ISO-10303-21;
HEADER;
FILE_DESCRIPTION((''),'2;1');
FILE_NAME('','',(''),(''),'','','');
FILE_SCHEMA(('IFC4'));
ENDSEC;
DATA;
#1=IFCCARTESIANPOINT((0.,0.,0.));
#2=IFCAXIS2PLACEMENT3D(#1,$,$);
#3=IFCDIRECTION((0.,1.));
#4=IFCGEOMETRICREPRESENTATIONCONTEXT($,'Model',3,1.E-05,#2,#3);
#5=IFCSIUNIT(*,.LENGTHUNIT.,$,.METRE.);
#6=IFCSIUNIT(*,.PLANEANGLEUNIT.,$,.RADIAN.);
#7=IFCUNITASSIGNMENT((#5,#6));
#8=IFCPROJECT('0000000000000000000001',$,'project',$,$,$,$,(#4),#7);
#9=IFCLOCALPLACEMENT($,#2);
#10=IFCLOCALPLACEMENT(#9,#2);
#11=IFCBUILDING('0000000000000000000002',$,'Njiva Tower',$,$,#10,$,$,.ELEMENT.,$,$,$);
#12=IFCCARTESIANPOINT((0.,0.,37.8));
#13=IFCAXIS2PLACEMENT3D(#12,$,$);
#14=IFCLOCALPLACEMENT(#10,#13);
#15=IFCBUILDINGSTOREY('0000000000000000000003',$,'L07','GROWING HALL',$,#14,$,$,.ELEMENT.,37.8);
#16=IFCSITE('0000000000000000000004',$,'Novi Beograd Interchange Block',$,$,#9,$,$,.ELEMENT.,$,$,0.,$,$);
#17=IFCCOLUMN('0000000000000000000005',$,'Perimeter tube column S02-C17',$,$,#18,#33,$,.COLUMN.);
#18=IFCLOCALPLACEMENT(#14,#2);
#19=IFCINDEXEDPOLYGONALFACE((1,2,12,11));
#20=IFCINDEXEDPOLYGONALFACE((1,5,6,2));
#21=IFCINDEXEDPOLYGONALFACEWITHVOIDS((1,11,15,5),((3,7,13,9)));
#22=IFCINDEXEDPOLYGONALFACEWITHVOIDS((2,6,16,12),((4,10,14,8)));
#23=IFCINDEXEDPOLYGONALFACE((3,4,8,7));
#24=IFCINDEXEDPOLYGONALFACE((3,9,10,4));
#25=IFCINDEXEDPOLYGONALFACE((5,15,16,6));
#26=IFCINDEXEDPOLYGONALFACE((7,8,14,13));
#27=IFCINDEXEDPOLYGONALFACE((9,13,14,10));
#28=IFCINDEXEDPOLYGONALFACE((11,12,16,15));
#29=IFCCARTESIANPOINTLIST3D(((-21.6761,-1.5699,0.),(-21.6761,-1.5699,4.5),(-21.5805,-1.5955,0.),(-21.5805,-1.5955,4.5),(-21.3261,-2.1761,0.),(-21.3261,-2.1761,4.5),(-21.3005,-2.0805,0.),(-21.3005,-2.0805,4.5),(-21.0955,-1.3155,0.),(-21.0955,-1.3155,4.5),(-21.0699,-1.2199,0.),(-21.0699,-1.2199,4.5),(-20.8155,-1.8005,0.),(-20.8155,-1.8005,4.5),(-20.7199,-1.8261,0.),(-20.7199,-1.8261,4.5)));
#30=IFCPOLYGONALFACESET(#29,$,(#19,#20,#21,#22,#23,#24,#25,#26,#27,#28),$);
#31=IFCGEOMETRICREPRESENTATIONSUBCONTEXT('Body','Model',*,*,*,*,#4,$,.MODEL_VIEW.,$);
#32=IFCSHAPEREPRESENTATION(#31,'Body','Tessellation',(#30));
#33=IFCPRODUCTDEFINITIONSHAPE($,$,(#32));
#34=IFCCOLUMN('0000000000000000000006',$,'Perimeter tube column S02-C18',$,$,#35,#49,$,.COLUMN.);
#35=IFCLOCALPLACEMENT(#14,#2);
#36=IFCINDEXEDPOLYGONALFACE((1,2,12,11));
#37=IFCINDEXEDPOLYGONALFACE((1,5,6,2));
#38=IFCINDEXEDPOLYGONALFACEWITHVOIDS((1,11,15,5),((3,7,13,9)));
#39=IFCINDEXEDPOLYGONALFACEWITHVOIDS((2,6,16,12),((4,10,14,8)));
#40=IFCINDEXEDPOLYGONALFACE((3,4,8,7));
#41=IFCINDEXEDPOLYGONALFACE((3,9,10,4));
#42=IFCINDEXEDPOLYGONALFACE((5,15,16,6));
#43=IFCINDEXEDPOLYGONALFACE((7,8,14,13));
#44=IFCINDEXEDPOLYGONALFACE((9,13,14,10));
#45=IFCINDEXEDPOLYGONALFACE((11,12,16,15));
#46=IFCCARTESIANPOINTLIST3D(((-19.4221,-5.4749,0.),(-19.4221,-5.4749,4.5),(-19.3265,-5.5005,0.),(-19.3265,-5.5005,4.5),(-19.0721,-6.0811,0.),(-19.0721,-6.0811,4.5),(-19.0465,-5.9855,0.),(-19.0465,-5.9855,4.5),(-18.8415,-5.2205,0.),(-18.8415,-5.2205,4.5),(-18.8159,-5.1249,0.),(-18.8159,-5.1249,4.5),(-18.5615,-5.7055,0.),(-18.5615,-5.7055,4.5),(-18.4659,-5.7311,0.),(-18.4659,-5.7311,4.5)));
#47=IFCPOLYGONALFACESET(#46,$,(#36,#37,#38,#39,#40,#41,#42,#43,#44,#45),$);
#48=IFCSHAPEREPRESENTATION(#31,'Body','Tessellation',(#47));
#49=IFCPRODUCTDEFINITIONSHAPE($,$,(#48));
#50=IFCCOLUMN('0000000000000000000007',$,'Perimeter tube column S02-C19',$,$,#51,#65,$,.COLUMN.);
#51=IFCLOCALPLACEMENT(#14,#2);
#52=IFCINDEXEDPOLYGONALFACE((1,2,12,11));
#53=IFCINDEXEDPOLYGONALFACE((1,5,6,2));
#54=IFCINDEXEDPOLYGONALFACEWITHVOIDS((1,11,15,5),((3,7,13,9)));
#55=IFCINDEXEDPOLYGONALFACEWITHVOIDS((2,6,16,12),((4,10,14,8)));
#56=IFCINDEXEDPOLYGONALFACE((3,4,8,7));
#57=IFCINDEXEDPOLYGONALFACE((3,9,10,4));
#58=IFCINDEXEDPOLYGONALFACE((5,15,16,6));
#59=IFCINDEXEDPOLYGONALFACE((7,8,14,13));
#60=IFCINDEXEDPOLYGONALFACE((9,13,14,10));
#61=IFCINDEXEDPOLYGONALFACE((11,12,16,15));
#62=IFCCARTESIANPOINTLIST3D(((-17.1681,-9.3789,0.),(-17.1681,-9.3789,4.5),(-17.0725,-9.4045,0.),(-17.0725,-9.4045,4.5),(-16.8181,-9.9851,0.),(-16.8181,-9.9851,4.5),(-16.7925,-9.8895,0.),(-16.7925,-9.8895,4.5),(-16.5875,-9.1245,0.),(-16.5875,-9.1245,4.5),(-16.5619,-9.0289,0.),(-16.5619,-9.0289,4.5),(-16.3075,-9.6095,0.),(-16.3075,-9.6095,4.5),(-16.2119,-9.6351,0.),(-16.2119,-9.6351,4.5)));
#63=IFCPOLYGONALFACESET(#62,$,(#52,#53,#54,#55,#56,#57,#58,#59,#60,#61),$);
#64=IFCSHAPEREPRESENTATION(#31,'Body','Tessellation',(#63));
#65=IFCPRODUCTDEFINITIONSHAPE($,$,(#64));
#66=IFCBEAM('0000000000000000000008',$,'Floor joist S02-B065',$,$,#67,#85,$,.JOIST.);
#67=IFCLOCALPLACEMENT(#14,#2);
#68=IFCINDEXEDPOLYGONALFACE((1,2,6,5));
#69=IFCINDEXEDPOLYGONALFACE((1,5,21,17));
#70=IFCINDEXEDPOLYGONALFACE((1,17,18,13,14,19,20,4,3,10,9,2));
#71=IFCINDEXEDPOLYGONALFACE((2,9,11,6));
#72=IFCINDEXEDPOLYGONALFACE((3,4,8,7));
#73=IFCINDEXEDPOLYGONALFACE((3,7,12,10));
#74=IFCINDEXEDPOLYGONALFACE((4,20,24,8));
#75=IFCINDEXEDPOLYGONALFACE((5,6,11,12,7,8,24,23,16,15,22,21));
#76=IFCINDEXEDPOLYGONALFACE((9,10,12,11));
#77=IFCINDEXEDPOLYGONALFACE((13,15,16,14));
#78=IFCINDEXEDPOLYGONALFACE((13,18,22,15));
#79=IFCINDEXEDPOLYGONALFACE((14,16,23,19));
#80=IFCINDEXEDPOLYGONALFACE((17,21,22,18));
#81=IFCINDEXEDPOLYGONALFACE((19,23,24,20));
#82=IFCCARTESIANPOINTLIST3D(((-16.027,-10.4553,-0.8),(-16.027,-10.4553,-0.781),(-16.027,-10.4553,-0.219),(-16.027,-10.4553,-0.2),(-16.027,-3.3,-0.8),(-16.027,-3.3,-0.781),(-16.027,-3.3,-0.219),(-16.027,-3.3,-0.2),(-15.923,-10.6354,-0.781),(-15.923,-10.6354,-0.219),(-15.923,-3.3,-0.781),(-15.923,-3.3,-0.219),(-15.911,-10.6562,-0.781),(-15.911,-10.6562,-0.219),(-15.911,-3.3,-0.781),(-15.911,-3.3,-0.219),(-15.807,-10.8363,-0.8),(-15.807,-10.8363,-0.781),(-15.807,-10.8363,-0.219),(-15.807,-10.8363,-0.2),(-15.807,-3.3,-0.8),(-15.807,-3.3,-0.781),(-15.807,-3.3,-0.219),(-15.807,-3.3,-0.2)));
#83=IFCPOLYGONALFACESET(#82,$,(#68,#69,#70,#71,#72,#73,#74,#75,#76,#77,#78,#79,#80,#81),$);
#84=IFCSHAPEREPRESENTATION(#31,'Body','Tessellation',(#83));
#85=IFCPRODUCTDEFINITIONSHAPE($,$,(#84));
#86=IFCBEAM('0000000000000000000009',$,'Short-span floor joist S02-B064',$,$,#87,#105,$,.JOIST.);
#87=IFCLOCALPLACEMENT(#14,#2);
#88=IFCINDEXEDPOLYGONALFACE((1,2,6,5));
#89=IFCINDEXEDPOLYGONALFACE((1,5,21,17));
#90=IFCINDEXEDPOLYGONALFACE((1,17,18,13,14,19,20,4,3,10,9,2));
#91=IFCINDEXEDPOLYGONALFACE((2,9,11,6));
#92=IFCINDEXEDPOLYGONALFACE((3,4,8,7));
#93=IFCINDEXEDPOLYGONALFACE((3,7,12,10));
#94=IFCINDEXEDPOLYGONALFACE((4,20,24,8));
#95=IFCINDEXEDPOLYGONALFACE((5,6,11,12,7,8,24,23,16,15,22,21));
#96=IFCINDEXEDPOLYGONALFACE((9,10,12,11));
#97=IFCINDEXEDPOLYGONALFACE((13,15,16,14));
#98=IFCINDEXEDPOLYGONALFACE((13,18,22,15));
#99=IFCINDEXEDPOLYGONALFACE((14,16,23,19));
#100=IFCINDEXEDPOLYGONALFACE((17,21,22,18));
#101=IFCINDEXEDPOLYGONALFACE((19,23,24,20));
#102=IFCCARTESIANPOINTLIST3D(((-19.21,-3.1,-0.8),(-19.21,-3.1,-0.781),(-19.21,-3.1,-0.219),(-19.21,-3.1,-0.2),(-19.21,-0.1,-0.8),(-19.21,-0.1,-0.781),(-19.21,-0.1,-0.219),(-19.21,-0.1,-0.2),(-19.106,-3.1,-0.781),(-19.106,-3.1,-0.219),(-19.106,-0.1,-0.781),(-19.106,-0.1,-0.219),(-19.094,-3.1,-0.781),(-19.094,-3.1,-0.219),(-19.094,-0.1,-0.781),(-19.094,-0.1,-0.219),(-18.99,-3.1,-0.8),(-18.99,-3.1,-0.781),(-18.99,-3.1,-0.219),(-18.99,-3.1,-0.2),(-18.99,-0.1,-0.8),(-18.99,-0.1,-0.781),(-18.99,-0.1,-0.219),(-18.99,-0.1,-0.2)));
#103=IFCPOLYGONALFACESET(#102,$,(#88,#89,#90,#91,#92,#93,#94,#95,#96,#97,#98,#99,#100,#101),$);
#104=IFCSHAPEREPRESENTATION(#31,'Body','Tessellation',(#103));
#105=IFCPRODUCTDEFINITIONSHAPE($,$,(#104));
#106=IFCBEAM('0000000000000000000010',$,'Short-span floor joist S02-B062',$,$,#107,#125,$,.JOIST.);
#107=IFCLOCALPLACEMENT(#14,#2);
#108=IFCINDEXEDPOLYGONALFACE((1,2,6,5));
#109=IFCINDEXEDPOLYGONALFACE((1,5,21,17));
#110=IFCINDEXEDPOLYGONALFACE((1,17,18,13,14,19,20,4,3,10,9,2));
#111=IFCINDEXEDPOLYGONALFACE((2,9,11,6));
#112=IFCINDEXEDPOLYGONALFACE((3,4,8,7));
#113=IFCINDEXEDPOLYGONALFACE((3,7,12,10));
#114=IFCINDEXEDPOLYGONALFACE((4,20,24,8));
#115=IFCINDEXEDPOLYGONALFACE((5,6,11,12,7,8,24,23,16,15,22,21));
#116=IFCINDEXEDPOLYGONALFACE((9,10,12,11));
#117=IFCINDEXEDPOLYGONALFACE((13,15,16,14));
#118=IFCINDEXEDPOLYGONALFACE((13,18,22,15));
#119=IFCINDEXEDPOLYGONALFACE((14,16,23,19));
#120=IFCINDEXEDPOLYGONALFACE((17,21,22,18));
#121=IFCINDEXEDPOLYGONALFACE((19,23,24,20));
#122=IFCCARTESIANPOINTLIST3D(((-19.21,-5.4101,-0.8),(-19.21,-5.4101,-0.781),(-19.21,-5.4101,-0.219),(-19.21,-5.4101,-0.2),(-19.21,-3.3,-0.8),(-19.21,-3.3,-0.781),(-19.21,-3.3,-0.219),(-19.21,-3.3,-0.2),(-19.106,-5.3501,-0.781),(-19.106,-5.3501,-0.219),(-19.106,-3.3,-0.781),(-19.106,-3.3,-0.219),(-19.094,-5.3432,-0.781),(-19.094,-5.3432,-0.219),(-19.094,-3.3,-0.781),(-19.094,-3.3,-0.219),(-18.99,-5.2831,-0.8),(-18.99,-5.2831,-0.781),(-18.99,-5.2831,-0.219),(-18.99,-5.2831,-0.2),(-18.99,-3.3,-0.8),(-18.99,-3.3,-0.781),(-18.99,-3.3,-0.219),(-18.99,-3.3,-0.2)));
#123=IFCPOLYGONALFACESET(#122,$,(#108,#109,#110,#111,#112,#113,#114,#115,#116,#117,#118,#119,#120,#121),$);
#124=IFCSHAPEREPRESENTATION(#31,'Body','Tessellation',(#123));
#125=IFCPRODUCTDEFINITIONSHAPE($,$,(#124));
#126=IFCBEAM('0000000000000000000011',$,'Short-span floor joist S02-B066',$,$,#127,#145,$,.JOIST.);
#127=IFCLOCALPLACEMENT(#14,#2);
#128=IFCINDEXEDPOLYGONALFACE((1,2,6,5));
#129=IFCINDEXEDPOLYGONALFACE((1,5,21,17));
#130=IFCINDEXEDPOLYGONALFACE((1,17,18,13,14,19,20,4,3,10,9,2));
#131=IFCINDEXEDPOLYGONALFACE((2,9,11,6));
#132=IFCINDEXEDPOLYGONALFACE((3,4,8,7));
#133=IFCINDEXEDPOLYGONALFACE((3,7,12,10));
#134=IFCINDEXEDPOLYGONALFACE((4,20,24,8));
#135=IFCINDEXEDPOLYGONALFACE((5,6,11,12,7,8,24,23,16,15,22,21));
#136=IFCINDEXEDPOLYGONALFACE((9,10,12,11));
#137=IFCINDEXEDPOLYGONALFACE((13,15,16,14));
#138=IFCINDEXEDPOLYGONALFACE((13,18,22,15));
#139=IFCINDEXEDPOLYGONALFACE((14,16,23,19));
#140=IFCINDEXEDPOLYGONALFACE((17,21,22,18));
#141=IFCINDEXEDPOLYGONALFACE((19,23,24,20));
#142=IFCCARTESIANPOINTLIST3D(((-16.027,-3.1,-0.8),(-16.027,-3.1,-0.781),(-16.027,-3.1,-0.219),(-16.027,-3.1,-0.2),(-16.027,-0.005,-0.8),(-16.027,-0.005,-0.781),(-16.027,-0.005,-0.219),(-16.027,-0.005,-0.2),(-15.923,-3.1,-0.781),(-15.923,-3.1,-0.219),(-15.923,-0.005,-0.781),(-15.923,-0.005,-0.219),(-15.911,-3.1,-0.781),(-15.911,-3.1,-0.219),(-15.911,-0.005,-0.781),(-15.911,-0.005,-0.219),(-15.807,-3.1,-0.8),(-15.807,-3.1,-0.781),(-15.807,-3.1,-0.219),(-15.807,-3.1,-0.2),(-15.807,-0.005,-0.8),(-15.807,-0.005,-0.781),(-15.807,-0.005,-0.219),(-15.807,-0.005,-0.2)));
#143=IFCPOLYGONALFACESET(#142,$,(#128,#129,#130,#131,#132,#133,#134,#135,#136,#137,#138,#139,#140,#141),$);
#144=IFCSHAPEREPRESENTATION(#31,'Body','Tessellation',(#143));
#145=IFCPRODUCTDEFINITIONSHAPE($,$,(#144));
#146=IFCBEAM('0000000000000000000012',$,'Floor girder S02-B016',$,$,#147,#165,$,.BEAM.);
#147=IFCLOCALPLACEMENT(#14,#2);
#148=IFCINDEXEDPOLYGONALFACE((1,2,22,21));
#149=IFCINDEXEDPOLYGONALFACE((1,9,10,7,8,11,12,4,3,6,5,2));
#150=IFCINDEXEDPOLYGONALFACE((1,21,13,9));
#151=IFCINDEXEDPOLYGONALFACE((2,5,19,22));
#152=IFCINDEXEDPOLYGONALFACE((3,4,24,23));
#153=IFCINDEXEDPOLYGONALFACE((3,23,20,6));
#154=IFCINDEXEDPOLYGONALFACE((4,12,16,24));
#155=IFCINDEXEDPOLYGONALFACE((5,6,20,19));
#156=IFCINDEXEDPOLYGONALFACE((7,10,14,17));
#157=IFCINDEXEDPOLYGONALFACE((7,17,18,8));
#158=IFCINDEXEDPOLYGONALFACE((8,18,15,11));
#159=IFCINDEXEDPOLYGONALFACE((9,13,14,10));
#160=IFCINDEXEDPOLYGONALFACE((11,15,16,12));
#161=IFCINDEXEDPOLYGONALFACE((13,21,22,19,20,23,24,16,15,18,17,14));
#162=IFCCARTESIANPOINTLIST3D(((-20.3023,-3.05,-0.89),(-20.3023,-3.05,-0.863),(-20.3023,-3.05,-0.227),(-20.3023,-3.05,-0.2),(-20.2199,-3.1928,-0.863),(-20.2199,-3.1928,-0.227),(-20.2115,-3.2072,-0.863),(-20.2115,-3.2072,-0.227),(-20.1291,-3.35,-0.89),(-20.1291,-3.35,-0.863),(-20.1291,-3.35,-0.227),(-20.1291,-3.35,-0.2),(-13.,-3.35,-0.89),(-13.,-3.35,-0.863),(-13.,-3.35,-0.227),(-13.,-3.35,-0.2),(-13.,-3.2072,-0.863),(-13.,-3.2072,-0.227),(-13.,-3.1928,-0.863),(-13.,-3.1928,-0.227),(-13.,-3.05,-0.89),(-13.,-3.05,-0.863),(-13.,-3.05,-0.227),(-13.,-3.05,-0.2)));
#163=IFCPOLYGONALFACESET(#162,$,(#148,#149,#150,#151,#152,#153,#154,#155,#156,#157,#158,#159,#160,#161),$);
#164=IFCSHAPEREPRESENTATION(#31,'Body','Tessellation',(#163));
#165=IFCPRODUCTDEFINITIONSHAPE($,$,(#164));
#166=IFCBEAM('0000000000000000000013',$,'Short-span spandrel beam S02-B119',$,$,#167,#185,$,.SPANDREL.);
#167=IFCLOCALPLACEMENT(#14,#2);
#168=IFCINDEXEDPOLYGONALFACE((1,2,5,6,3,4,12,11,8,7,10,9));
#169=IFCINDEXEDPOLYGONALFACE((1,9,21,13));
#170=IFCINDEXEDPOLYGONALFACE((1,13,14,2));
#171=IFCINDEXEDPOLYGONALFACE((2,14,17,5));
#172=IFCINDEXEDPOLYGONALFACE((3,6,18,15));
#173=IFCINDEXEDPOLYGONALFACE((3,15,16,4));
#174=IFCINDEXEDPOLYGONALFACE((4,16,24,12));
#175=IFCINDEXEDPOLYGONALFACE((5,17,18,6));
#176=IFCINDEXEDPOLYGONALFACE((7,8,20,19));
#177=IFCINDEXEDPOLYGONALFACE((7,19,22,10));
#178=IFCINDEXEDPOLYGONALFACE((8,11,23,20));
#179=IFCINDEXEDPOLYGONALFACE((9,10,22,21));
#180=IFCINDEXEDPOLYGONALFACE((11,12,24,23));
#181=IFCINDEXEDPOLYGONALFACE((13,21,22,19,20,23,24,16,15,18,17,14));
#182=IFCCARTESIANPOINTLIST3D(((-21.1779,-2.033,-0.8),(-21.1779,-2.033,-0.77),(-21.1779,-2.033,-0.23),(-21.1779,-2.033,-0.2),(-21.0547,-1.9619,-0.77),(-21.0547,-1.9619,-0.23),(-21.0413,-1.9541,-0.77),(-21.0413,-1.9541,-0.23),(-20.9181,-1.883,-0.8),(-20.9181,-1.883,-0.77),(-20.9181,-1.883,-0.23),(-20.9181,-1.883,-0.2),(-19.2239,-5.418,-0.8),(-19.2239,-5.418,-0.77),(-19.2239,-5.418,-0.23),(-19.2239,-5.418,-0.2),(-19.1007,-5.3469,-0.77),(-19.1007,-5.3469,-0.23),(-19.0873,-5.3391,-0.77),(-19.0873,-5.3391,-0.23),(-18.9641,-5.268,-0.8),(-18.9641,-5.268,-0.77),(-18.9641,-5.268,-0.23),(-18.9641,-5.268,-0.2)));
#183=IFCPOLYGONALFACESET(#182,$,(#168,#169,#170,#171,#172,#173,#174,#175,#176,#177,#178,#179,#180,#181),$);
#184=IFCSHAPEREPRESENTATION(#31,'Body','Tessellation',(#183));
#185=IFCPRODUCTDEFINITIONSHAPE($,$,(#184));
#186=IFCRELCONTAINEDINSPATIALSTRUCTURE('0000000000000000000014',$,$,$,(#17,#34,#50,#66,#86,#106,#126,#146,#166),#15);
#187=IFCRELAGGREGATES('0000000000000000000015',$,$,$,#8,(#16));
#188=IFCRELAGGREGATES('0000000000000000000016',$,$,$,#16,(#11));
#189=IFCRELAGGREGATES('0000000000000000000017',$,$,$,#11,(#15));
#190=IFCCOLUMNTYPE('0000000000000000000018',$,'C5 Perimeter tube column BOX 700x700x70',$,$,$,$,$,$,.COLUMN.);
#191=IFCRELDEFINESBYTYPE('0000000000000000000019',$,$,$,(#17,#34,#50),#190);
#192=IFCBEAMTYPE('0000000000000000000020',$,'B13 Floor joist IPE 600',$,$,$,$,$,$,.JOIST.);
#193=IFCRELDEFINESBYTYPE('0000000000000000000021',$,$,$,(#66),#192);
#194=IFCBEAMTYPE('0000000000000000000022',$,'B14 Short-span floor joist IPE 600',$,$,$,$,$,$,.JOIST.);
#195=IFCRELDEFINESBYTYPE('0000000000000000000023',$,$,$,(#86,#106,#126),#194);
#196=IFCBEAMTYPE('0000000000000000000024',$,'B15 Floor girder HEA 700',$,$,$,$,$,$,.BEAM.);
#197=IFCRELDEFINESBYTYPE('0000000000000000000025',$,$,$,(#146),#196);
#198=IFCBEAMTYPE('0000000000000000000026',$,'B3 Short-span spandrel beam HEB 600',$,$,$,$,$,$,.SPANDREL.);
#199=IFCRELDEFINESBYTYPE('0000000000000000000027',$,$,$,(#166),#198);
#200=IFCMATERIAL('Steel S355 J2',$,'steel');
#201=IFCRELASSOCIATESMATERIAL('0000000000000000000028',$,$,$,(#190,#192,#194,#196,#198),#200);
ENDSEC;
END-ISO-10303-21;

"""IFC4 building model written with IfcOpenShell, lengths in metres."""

from ifc_helpers import new_model, si_unit, direction, frame, origin, origin_2d, place, context, subcontext, project, spatial, hollow_rectangle, i_section, extrude, clip, halfspace, material, material_profile, profile_set, type_object, element, save


model = new_model("IFC4")

# Units and contexts
model_context = context("Model", 3, precision=1e-05, world=origin(), true_north=direction((0.0, 1.0)))
body_context = subcontext(model_context, "Body", "Model", "MODEL_VIEW")
ifc_project = project(units=[si_unit("LENGTHUNIT", "METRE"), si_unit("PLANEANGLEUNIT", "RADIAN")], contexts=[model_context])

# Site, building, storey
site_placement = place(None, origin())
site = spatial("IfcSite", under=ifc_project, at=site_placement, Name="Novi Beograd Interchange Block", CompositionType="ELEMENT", RefElevation=0.0)
building_placement = place(site_placement, origin())
building = spatial("IfcBuilding", under=site, at=building_placement, Name="Njiva Tower", CompositionType="ELEMENT")
storey_placement = place(building_placement, frame((0.0, 0.0, 37.8)))
storey = spatial("IfcBuildingStorey", under=building, at=storey_placement, Name="L07", Description="GROWING HALL", CompositionType="ELEMENT", Elevation=37.8)

# Columns
ifc_material_1 = material(Name="Steel S355 J2", Category="steel")
ifc_material_profile_1 = material_profile(ifc_material_1, hollow_rectangle(XDim=0.7, YDim=0.7, WallThickness=0.07, at=origin_2d()), Name="BOX 700x700x70")
ifc_profile_set_1 = profile_set([ifc_material_profile_1], Name="Steel S355 J2")
column_type = type_object("IfcColumnType", Name="C5 Perimeter tube column BOX 700x700x70", PredefinedType="COLUMN", material=ifc_profile_set_1)
for number, where, z_axis, x_axis, name in (
    (1, (-21.198, -1.698, 0.0), (0.0, 0.0, 1.0), (0.5, -0.866025, 0.0), "Perimeter tube column S02-C17"),
    (2, (-18.944, -5.603, 0.0), (0.0, 0.0, 1.0), (0.5, -0.866025, 0.0), "Perimeter tube column S02-C18"),
    (3, (-16.69, -9.507, 0.0), (0.0, 0.0, 1.0), (0.5, -0.866025, 0.0), "Perimeter tube column S02-C19"),
):
    element("IfcColumn", number, at=place(storey_placement, frame(where, z_axis=z_axis, x_axis=x_axis)), inside=storey, type_object=column_type, Name=name, PredefinedType="COLUMN", context=body_context, shape_type="SweptSolid", body=[
        extrude(hollow_rectangle(XDim=0.7, YDim=0.7, WallThickness=0.07, at=origin_2d()), origin(), (0.0, 0.0, 1.0), 4.5),
    ])

# Beams
ifc_material_profile_2 = material_profile(ifc_material_1, i_section(OverallWidth=0.22, OverallDepth=0.6, WebThickness=0.012, FlangeThickness=0.019, at=origin_2d()), Name="IPE 600")
ifc_profile_set_2 = profile_set([ifc_material_profile_2], Name="Steel S355 J2")
beam_type_1 = type_object("IfcBeamType", Name="B13 Floor joist IPE 600", PredefinedType="JOIST", material=ifc_profile_set_2)
beam_1_placement = place(storey_placement, frame((-15.917, -3.3, -0.5), z_axis=(0.0, -1.0, 0.0), x_axis=(1.0, 0.0, 0.0)))
element("IfcBeam", 4, at=beam_1_placement, inside=storey, type_object=beam_type_1, Name="Floor joist S02-B065", PredefinedType="JOIST", context=body_context, shape_type="Clipping", body=[
    clip(extrude(i_section(OverallWidth=0.22, OverallDepth=0.6, WebThickness=0.012, FlangeThickness=0.019, at=origin_2d()), origin(), (0.0, 0.0, 1.0), 7.557), halfspace(frame((-0.043, 0.0, 7.2713), z_axis=(-0.866027, 0.0, 0.499998), x_axis=(0.0, 1.0, 0.0)), False)),
])
ifc_material_profile_3 = material_profile(ifc_material_1, i_section(OverallWidth=0.22, OverallDepth=0.6, WebThickness=0.012, FlangeThickness=0.019, at=origin_2d()), Name="IPE 600")
ifc_profile_set_3 = profile_set([ifc_material_profile_3], Name="Steel S355 J2")
beam_type_2 = type_object("IfcBeamType", Name="B14 Short-span floor joist IPE 600", PredefinedType="JOIST", material=ifc_profile_set_3)
beam_2_placement = place(storey_placement, frame((-19.1, -0.1, -0.5), z_axis=(0.0, -1.0, 0.0), x_axis=(1.0, 0.0, 0.0)))
element("IfcBeam", 5, at=beam_2_placement, inside=storey, type_object=beam_type_2, Name="Short-span floor joist S02-B064", PredefinedType="JOIST", context=body_context, shape_type="SweptSolid", body=[
    extrude(i_section(OverallWidth=0.22, OverallDepth=0.6, WebThickness=0.012, FlangeThickness=0.019, at=origin_2d()), origin(), (0.0, 0.0, 1.0), 3.0),
])
beam_3_placement = place(storey_placement, frame((-19.1, -3.3, -0.5), z_axis=(0.0, -1.0, 0.0), x_axis=(1.0, 0.0, 0.0)))
element("IfcBeam", 6, at=beam_3_placement, inside=storey, type_object=beam_type_2, Name="Short-span floor joist S02-B062", PredefinedType="JOIST", context=body_context, shape_type="Clipping", body=[
    clip(extrude(i_section(OverallWidth=0.22, OverallDepth=0.6, WebThickness=0.012, FlangeThickness=0.019, at=origin_2d()), origin(), (0.0, 0.0, 1.0), 2.131), halfspace(frame((0.025, 0.0, 2.0322), z_axis=(0.499998, 0.0, 0.866027), x_axis=(0.0, 1.0, 0.0)), False)),
])
beam_4_placement = place(storey_placement, frame((-15.917, -0.005, -0.5), z_axis=(0.0, -1.0, 0.0), x_axis=(1.0, 0.0, 0.0)))
element("IfcBeam", 7, at=beam_4_placement, inside=storey, type_object=beam_type_2, Name="Short-span floor joist S02-B066", PredefinedType="JOIST", context=body_context, shape_type="SweptSolid", body=[
    extrude(i_section(OverallWidth=0.22, OverallDepth=0.6, WebThickness=0.012, FlangeThickness=0.019, at=origin_2d()), origin(), (0.0, 0.0, 1.0), 3.095),
])
ifc_material_profile_4 = material_profile(ifc_material_1, i_section(OverallWidth=0.3, OverallDepth=0.69, WebThickness=0.0145, FlangeThickness=0.027, at=origin_2d()), Name="HEA 700")
ifc_profile_set_4 = profile_set([ifc_material_profile_4], Name="Steel S355 J2")
beam_type_3 = type_object("IfcBeamType", Name="B15 Floor girder HEA 700", PredefinedType="BEAM", material=ifc_profile_set_4)
beam_5_placement = place(storey_placement, frame((-20.323, -3.2, -0.545), z_axis=(1.0, 0.0, 0.0), x_axis=(0.0, 1.0, 0.0)))
element("IfcBeam", 8, at=beam_5_placement, inside=storey, type_object=beam_type_3, Name="Floor girder S02-B016", PredefinedType="BEAM", context=body_context, shape_type="Clipping", body=[
    clip(extrude(i_section(OverallWidth=0.3, OverallDepth=0.69, WebThickness=0.0145, FlangeThickness=0.027, at=origin_2d()), origin(), (0.0, 0.0, 1.0), 7.323), halfspace(frame((-0.025, 0.0, 0.1217), z_axis=(-0.499998, 0.0, -0.866027), x_axis=(0.0, -1.0, 0.0)), False)),
])
ifc_material_profile_5 = material_profile(ifc_material_1, i_section(OverallWidth=0.3, OverallDepth=0.6, WebThickness=0.0155, FlangeThickness=0.03, at=origin_2d()), Name="HEB 600")
ifc_profile_set_5 = profile_set([ifc_material_profile_5], Name="Steel S355 J2")
beam_type_4 = type_object("IfcBeamType", Name="B3 Short-span spandrel beam HEB 600", PredefinedType="SPANDREL", material=ifc_profile_set_5)
beam_6_placement = place(storey_placement, frame((-21.048, -1.958, -0.5), z_axis=(0.499937, -0.866062, 0.0), x_axis=(0.866062, 0.499937, 0.0)))
element("IfcBeam", 9, at=beam_6_placement, inside=storey, type_object=beam_type_4, Name="Short-span spandrel beam S02-B119", PredefinedType="SPANDREL", context=body_context, shape_type="SweptSolid", body=[
    extrude(i_section(OverallWidth=0.3, OverallDepth=0.6, WebThickness=0.0155, FlangeThickness=0.03, at=origin_2d()), origin(), (0.0, 0.0, 1.0), 3.9085),
])

save(model, "model.ifc")
